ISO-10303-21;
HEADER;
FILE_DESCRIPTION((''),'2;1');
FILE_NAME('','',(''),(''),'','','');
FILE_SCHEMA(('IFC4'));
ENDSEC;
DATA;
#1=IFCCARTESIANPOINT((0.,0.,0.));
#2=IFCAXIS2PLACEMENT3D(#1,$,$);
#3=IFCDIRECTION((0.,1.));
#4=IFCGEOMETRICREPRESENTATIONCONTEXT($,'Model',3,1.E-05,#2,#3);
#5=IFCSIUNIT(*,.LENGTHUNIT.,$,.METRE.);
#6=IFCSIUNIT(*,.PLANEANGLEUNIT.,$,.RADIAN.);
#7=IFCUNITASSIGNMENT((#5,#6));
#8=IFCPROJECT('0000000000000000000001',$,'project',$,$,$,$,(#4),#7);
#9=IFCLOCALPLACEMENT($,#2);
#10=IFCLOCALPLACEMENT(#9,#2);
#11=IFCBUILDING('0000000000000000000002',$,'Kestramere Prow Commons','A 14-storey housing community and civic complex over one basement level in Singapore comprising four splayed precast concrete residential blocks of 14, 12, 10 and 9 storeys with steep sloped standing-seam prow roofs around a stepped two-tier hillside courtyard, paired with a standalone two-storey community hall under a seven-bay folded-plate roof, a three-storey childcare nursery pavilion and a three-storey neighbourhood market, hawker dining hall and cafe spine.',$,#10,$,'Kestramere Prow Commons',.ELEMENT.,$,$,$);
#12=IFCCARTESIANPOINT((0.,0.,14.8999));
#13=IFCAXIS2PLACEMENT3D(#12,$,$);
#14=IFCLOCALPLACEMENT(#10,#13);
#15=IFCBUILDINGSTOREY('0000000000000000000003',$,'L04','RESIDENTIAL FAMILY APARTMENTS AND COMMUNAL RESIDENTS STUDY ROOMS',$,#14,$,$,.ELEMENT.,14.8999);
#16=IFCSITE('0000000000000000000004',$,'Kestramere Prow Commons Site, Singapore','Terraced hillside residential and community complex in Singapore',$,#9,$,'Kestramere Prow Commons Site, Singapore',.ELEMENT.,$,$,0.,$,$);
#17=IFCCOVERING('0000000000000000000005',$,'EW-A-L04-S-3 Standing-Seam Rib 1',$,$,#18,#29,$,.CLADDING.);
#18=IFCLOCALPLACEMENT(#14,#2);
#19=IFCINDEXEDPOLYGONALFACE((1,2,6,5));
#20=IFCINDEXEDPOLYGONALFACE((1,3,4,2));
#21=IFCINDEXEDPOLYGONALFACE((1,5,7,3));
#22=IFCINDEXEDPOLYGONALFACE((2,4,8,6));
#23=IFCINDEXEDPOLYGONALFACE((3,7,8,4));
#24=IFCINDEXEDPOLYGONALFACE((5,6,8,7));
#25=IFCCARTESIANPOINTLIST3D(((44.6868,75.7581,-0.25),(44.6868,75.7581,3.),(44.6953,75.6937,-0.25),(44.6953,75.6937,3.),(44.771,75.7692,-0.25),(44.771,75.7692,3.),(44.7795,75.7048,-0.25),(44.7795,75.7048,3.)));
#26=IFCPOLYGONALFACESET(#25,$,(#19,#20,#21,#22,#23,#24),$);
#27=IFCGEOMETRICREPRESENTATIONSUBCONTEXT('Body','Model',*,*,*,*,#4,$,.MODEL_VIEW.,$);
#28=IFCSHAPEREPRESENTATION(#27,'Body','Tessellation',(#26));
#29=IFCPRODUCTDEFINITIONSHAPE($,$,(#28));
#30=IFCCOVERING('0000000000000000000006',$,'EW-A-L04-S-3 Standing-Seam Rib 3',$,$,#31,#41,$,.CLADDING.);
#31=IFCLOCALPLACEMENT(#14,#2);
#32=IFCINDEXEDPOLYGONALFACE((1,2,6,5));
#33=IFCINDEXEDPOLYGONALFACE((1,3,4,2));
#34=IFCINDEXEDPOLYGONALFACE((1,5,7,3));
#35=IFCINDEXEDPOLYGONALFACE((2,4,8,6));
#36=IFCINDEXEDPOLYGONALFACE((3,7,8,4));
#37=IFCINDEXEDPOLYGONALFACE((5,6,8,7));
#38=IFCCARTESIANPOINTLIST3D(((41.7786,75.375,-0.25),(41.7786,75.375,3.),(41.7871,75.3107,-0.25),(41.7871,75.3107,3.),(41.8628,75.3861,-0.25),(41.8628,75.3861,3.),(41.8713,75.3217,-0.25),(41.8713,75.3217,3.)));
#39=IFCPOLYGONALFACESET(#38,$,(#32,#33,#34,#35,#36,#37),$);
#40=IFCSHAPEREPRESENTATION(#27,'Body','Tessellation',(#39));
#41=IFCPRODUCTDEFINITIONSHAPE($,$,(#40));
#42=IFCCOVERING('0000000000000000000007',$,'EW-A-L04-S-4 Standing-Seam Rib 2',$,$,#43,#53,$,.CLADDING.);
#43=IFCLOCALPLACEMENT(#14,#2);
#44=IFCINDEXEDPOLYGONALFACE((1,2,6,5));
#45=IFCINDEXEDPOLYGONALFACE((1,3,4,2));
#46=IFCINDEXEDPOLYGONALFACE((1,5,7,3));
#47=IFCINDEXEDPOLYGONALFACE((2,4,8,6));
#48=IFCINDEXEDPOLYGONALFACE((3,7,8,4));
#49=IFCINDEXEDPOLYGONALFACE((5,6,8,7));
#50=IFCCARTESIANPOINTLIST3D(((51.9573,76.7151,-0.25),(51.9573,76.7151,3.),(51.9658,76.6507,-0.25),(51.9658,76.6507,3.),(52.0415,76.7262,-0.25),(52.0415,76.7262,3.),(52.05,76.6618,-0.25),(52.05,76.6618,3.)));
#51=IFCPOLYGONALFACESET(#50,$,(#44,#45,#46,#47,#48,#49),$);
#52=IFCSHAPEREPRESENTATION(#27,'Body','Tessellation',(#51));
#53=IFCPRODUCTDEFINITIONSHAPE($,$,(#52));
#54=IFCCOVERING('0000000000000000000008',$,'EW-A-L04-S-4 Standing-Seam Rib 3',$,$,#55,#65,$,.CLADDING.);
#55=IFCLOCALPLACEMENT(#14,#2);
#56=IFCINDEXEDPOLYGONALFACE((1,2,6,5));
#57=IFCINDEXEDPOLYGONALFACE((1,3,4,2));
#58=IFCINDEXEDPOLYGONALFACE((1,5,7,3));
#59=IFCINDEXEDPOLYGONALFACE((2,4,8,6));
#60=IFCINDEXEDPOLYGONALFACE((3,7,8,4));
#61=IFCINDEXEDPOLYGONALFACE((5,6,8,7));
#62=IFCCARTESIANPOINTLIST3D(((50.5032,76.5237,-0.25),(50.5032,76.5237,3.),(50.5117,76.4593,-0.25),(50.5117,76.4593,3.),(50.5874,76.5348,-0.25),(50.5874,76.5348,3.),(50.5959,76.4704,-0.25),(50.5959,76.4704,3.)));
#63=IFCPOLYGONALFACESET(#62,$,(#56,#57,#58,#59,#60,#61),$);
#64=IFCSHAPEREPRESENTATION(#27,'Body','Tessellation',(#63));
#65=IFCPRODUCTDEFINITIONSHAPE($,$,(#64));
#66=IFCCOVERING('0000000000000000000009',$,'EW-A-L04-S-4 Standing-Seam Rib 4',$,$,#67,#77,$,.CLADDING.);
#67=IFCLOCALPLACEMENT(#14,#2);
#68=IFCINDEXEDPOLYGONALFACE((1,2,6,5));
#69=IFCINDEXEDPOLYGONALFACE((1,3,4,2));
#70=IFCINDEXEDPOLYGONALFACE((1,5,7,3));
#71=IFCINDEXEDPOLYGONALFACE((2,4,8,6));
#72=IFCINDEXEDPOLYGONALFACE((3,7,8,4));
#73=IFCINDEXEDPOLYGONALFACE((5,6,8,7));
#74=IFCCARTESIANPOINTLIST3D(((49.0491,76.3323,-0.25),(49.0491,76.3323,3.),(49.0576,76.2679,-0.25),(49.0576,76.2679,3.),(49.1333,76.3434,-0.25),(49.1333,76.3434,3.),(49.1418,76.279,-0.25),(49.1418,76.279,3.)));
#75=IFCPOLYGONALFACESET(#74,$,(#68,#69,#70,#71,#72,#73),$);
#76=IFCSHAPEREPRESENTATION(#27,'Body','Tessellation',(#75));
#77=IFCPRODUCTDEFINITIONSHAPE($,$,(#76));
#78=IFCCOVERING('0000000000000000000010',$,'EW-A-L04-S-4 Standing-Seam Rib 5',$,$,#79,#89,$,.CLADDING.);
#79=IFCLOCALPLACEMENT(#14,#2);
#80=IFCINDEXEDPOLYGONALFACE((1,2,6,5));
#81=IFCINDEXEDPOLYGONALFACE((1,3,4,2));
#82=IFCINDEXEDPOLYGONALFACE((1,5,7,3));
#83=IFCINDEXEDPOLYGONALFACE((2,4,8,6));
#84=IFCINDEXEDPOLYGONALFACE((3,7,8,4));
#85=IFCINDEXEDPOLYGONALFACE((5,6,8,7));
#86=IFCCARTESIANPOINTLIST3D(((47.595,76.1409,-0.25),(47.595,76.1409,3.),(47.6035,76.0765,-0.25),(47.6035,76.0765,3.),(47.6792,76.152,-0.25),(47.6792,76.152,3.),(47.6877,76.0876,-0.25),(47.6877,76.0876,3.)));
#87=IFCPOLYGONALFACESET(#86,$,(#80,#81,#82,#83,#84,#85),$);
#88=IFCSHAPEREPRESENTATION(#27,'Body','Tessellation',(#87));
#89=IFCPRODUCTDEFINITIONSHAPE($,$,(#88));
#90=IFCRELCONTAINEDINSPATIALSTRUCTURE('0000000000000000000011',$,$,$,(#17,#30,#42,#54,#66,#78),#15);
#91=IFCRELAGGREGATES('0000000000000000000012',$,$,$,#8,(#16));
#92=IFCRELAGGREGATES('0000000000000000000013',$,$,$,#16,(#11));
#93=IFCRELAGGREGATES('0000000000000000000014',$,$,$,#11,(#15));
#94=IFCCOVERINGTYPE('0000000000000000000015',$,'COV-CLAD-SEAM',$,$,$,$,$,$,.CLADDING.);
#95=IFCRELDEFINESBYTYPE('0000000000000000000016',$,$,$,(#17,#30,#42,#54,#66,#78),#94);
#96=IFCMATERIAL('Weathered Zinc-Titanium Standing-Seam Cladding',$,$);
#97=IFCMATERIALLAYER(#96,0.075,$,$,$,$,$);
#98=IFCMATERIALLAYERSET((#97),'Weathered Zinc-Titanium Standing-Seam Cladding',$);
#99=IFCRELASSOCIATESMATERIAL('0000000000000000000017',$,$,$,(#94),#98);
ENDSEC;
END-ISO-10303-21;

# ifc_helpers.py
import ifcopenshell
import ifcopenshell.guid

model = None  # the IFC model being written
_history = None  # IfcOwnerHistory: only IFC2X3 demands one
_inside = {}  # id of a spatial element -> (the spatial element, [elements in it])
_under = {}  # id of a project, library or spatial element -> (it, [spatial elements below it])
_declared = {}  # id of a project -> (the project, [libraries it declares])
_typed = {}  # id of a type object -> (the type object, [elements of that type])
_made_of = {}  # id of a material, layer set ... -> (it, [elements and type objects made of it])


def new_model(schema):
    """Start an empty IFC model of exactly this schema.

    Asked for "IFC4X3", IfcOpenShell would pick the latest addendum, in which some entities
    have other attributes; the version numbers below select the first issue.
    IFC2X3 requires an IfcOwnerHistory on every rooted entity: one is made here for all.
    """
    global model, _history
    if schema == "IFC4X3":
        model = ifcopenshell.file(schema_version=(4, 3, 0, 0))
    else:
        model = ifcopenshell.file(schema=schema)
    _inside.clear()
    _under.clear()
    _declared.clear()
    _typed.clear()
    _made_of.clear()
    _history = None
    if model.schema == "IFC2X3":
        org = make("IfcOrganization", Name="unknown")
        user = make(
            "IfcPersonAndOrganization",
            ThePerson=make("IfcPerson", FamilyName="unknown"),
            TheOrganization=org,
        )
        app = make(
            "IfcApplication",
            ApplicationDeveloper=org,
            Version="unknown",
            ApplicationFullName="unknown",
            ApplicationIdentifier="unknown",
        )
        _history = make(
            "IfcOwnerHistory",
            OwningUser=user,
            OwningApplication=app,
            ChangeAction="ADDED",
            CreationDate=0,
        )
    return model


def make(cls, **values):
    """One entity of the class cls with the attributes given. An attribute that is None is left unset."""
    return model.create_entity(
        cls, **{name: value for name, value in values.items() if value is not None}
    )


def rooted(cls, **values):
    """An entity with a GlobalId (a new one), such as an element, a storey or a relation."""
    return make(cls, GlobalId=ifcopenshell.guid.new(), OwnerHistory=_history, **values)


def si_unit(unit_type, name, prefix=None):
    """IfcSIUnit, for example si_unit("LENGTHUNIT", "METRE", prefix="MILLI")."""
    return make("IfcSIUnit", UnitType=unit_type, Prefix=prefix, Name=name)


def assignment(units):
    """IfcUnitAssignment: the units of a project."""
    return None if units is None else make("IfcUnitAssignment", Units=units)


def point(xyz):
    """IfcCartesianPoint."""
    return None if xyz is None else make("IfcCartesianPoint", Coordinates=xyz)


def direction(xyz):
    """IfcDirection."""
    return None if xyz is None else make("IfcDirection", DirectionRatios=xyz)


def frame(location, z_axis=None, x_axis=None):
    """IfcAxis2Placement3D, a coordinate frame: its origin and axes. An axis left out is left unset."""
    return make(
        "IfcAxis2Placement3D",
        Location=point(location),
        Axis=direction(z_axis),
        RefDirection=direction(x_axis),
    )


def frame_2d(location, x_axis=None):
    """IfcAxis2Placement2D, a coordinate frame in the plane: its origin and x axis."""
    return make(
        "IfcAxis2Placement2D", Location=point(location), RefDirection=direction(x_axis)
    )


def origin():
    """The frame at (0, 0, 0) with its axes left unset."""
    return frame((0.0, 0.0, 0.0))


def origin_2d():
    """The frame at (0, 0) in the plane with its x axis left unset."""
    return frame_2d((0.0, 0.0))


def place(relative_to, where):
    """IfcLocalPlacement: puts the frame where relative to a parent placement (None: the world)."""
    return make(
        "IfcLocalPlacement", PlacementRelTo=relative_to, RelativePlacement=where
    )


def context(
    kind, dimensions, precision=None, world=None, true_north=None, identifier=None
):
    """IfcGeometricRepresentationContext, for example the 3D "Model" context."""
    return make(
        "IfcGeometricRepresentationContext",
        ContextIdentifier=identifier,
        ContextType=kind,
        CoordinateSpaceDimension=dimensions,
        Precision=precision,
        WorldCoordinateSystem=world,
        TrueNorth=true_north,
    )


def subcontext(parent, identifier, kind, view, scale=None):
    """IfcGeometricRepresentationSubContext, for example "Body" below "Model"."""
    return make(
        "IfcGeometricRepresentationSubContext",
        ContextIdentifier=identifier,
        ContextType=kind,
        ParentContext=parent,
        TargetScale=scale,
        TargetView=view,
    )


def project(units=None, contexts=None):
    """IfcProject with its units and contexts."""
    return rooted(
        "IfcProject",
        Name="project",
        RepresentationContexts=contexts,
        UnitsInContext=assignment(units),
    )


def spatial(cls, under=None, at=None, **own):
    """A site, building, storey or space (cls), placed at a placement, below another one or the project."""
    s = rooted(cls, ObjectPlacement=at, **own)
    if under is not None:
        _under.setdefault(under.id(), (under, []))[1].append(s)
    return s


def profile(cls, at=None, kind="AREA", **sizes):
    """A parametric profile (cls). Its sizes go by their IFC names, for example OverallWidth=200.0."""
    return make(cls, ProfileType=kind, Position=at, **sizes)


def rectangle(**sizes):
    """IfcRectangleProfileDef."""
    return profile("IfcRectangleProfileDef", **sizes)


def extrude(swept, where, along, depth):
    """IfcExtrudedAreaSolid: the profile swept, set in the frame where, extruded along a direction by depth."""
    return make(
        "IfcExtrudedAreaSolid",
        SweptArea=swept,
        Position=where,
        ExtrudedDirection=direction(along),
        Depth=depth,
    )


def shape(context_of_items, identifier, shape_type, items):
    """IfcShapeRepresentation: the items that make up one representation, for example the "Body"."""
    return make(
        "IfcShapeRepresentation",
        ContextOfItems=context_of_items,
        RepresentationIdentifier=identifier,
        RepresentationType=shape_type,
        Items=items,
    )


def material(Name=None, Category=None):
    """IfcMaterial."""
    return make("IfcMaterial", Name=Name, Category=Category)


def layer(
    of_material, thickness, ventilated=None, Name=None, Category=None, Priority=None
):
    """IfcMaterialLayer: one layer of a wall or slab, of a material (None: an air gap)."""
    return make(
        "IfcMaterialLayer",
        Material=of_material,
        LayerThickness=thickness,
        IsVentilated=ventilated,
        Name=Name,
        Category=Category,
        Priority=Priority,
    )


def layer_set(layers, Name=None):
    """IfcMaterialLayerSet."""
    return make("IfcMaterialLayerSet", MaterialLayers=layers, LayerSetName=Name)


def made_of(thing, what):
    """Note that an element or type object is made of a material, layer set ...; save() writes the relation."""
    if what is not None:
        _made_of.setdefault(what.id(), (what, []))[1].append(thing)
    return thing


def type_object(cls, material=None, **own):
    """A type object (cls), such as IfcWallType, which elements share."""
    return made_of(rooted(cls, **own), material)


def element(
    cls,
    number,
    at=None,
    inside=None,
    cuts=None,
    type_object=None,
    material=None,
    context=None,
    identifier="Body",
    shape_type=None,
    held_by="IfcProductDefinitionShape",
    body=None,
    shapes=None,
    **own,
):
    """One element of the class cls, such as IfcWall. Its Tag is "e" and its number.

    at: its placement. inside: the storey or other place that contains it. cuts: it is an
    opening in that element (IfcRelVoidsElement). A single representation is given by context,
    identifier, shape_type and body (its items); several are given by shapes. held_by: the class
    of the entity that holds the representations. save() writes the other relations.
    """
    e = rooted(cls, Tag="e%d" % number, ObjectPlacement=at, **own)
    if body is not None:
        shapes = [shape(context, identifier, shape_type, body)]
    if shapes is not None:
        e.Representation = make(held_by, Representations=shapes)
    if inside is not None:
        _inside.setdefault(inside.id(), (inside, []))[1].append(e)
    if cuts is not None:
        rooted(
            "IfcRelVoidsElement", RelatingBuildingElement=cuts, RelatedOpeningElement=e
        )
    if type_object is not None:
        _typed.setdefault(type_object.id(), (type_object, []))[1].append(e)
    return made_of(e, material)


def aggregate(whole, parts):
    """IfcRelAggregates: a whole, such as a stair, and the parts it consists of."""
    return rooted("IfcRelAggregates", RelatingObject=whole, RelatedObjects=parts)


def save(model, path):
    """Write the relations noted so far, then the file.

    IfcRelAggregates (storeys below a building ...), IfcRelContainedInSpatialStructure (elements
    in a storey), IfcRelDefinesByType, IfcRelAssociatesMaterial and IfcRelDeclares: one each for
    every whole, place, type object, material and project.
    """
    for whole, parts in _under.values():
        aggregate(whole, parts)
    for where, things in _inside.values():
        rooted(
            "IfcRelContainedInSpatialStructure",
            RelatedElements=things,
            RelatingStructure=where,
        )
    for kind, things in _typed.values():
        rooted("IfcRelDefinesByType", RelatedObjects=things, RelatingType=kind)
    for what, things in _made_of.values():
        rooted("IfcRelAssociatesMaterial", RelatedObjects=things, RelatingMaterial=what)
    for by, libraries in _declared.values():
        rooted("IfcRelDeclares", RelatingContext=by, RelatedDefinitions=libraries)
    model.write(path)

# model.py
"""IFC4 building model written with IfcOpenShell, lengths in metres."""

from ifc_helpers import new_model, si_unit, direction, frame, origin, origin_2d, place, context, subcontext, project, spatial, rectangle, extrude, material, layer, layer_set, type_object, element, save


model = new_model("IFC4")

# Units and contexts
model_context = context("Model", 3, precision=1e-05, world=origin(), true_north=direction((0.0, 1.0)))
body_context = subcontext(model_context, "Body", "Model", "MODEL_VIEW")
ifc_project = project(units=[si_unit("LENGTHUNIT", "METRE"), si_unit("PLANEANGLEUNIT", "RADIAN")], contexts=[model_context])

# Site, building, storey
site_placement = place(None, origin())
site = spatial("IfcSite", under=ifc_project, at=site_placement, Name="Kestramere Prow Commons Site, Singapore", Description="Terraced hillside residential and community complex in Singapore", LongName="Kestramere Prow Commons Site, Singapore", CompositionType="ELEMENT", RefElevation=0.0)
building_placement = place(site_placement, origin())
building = spatial("IfcBuilding", under=site, at=building_placement, Name="Kestramere Prow Commons", Description="A 14-storey housing community and civic complex over one basement level in Singapore comprising four splayed precast concrete residential blocks of 14, 12, 10 and 9 storeys with steep sloped standing-seam prow roofs around a stepped two-tier hillside courtyard, paired with a standalone two-storey community hall under a seven-bay folded-plate roof, a three-storey childcare nursery pavilion and a three-storey neighbourhood market, hawker dining hall and cafe spine.", LongName="Kestramere Prow Commons", CompositionType="ELEMENT")
storey_placement = place(building_placement, frame((0.0, 0.0, 14.8999)))
storey = spatial("IfcBuildingStorey", under=building, at=storey_placement, Name="L04", Description="RESIDENTIAL FAMILY APARTMENTS AND COMMUNAL RESIDENTS STUDY ROOMS", CompositionType="ELEMENT", Elevation=14.8999)

# Coverings
ifc_material_1 = material(Name="Weathered Zinc-Titanium Standing-Seam Cladding")
ifc_layer_1 = layer(ifc_material_1, 0.075)
ifc_layer_set_1 = layer_set([ifc_layer_1], Name="Weathered Zinc-Titanium Standing-Seam Cladding")
covering_type = type_object("IfcCoveringType", Name="COV-CLAD-SEAM", PredefinedType="CLADDING", material=ifc_layer_set_1)
for number, where, z_axis, x_axis, name in (
    (1, (44.7332, 75.7314, -0.25), (0.0, 0.0, 1.0), (-0.991445, -0.130526, 0.0), "EW-A-L04-S-3 Standing-Seam Rib 1"),
    (2, (41.825, 75.3484, -0.25), (0.0, 0.0, 1.0), (-0.991445, -0.130526, 0.0), "EW-A-L04-S-3 Standing-Seam Rib 3"),
    (3, (52.0037, 76.6885, -0.25), (0.0, 0.0, 1.0), (-0.991445, -0.130526, 0.0), "EW-A-L04-S-4 Standing-Seam Rib 2"),
    (4, (50.5496, 76.4971, -0.25), (0.0, 0.0, 1.0), (-0.991445, -0.130526, 0.0), "EW-A-L04-S-4 Standing-Seam Rib 3"),
    (5, (49.0955, 76.3057, -0.25), (0.0, 0.0, 1.0), (-0.991445, -0.130526, 0.0), "EW-A-L04-S-4 Standing-Seam Rib 4"),
    (6, (47.6414, 76.1143, -0.25), (0.0, 0.0, 1.0), (-0.991445, -0.130526, 0.0), "EW-A-L04-S-4 Standing-Seam Rib 5"),
):
    element("IfcCovering", number, at=place(storey_placement, frame(where, z_axis=z_axis, x_axis=x_axis)), inside=storey, type_object=covering_type, Name=name, PredefinedType="CLADDING", context=body_context, shape_type="SweptSolid", body=[
        extrude(rectangle(XDim=0.085, YDim=0.0649, at=origin_2d()), origin(), (0.0, 0.0, 1.0), 3.25),
    ])

save(model, "model.ifc")
